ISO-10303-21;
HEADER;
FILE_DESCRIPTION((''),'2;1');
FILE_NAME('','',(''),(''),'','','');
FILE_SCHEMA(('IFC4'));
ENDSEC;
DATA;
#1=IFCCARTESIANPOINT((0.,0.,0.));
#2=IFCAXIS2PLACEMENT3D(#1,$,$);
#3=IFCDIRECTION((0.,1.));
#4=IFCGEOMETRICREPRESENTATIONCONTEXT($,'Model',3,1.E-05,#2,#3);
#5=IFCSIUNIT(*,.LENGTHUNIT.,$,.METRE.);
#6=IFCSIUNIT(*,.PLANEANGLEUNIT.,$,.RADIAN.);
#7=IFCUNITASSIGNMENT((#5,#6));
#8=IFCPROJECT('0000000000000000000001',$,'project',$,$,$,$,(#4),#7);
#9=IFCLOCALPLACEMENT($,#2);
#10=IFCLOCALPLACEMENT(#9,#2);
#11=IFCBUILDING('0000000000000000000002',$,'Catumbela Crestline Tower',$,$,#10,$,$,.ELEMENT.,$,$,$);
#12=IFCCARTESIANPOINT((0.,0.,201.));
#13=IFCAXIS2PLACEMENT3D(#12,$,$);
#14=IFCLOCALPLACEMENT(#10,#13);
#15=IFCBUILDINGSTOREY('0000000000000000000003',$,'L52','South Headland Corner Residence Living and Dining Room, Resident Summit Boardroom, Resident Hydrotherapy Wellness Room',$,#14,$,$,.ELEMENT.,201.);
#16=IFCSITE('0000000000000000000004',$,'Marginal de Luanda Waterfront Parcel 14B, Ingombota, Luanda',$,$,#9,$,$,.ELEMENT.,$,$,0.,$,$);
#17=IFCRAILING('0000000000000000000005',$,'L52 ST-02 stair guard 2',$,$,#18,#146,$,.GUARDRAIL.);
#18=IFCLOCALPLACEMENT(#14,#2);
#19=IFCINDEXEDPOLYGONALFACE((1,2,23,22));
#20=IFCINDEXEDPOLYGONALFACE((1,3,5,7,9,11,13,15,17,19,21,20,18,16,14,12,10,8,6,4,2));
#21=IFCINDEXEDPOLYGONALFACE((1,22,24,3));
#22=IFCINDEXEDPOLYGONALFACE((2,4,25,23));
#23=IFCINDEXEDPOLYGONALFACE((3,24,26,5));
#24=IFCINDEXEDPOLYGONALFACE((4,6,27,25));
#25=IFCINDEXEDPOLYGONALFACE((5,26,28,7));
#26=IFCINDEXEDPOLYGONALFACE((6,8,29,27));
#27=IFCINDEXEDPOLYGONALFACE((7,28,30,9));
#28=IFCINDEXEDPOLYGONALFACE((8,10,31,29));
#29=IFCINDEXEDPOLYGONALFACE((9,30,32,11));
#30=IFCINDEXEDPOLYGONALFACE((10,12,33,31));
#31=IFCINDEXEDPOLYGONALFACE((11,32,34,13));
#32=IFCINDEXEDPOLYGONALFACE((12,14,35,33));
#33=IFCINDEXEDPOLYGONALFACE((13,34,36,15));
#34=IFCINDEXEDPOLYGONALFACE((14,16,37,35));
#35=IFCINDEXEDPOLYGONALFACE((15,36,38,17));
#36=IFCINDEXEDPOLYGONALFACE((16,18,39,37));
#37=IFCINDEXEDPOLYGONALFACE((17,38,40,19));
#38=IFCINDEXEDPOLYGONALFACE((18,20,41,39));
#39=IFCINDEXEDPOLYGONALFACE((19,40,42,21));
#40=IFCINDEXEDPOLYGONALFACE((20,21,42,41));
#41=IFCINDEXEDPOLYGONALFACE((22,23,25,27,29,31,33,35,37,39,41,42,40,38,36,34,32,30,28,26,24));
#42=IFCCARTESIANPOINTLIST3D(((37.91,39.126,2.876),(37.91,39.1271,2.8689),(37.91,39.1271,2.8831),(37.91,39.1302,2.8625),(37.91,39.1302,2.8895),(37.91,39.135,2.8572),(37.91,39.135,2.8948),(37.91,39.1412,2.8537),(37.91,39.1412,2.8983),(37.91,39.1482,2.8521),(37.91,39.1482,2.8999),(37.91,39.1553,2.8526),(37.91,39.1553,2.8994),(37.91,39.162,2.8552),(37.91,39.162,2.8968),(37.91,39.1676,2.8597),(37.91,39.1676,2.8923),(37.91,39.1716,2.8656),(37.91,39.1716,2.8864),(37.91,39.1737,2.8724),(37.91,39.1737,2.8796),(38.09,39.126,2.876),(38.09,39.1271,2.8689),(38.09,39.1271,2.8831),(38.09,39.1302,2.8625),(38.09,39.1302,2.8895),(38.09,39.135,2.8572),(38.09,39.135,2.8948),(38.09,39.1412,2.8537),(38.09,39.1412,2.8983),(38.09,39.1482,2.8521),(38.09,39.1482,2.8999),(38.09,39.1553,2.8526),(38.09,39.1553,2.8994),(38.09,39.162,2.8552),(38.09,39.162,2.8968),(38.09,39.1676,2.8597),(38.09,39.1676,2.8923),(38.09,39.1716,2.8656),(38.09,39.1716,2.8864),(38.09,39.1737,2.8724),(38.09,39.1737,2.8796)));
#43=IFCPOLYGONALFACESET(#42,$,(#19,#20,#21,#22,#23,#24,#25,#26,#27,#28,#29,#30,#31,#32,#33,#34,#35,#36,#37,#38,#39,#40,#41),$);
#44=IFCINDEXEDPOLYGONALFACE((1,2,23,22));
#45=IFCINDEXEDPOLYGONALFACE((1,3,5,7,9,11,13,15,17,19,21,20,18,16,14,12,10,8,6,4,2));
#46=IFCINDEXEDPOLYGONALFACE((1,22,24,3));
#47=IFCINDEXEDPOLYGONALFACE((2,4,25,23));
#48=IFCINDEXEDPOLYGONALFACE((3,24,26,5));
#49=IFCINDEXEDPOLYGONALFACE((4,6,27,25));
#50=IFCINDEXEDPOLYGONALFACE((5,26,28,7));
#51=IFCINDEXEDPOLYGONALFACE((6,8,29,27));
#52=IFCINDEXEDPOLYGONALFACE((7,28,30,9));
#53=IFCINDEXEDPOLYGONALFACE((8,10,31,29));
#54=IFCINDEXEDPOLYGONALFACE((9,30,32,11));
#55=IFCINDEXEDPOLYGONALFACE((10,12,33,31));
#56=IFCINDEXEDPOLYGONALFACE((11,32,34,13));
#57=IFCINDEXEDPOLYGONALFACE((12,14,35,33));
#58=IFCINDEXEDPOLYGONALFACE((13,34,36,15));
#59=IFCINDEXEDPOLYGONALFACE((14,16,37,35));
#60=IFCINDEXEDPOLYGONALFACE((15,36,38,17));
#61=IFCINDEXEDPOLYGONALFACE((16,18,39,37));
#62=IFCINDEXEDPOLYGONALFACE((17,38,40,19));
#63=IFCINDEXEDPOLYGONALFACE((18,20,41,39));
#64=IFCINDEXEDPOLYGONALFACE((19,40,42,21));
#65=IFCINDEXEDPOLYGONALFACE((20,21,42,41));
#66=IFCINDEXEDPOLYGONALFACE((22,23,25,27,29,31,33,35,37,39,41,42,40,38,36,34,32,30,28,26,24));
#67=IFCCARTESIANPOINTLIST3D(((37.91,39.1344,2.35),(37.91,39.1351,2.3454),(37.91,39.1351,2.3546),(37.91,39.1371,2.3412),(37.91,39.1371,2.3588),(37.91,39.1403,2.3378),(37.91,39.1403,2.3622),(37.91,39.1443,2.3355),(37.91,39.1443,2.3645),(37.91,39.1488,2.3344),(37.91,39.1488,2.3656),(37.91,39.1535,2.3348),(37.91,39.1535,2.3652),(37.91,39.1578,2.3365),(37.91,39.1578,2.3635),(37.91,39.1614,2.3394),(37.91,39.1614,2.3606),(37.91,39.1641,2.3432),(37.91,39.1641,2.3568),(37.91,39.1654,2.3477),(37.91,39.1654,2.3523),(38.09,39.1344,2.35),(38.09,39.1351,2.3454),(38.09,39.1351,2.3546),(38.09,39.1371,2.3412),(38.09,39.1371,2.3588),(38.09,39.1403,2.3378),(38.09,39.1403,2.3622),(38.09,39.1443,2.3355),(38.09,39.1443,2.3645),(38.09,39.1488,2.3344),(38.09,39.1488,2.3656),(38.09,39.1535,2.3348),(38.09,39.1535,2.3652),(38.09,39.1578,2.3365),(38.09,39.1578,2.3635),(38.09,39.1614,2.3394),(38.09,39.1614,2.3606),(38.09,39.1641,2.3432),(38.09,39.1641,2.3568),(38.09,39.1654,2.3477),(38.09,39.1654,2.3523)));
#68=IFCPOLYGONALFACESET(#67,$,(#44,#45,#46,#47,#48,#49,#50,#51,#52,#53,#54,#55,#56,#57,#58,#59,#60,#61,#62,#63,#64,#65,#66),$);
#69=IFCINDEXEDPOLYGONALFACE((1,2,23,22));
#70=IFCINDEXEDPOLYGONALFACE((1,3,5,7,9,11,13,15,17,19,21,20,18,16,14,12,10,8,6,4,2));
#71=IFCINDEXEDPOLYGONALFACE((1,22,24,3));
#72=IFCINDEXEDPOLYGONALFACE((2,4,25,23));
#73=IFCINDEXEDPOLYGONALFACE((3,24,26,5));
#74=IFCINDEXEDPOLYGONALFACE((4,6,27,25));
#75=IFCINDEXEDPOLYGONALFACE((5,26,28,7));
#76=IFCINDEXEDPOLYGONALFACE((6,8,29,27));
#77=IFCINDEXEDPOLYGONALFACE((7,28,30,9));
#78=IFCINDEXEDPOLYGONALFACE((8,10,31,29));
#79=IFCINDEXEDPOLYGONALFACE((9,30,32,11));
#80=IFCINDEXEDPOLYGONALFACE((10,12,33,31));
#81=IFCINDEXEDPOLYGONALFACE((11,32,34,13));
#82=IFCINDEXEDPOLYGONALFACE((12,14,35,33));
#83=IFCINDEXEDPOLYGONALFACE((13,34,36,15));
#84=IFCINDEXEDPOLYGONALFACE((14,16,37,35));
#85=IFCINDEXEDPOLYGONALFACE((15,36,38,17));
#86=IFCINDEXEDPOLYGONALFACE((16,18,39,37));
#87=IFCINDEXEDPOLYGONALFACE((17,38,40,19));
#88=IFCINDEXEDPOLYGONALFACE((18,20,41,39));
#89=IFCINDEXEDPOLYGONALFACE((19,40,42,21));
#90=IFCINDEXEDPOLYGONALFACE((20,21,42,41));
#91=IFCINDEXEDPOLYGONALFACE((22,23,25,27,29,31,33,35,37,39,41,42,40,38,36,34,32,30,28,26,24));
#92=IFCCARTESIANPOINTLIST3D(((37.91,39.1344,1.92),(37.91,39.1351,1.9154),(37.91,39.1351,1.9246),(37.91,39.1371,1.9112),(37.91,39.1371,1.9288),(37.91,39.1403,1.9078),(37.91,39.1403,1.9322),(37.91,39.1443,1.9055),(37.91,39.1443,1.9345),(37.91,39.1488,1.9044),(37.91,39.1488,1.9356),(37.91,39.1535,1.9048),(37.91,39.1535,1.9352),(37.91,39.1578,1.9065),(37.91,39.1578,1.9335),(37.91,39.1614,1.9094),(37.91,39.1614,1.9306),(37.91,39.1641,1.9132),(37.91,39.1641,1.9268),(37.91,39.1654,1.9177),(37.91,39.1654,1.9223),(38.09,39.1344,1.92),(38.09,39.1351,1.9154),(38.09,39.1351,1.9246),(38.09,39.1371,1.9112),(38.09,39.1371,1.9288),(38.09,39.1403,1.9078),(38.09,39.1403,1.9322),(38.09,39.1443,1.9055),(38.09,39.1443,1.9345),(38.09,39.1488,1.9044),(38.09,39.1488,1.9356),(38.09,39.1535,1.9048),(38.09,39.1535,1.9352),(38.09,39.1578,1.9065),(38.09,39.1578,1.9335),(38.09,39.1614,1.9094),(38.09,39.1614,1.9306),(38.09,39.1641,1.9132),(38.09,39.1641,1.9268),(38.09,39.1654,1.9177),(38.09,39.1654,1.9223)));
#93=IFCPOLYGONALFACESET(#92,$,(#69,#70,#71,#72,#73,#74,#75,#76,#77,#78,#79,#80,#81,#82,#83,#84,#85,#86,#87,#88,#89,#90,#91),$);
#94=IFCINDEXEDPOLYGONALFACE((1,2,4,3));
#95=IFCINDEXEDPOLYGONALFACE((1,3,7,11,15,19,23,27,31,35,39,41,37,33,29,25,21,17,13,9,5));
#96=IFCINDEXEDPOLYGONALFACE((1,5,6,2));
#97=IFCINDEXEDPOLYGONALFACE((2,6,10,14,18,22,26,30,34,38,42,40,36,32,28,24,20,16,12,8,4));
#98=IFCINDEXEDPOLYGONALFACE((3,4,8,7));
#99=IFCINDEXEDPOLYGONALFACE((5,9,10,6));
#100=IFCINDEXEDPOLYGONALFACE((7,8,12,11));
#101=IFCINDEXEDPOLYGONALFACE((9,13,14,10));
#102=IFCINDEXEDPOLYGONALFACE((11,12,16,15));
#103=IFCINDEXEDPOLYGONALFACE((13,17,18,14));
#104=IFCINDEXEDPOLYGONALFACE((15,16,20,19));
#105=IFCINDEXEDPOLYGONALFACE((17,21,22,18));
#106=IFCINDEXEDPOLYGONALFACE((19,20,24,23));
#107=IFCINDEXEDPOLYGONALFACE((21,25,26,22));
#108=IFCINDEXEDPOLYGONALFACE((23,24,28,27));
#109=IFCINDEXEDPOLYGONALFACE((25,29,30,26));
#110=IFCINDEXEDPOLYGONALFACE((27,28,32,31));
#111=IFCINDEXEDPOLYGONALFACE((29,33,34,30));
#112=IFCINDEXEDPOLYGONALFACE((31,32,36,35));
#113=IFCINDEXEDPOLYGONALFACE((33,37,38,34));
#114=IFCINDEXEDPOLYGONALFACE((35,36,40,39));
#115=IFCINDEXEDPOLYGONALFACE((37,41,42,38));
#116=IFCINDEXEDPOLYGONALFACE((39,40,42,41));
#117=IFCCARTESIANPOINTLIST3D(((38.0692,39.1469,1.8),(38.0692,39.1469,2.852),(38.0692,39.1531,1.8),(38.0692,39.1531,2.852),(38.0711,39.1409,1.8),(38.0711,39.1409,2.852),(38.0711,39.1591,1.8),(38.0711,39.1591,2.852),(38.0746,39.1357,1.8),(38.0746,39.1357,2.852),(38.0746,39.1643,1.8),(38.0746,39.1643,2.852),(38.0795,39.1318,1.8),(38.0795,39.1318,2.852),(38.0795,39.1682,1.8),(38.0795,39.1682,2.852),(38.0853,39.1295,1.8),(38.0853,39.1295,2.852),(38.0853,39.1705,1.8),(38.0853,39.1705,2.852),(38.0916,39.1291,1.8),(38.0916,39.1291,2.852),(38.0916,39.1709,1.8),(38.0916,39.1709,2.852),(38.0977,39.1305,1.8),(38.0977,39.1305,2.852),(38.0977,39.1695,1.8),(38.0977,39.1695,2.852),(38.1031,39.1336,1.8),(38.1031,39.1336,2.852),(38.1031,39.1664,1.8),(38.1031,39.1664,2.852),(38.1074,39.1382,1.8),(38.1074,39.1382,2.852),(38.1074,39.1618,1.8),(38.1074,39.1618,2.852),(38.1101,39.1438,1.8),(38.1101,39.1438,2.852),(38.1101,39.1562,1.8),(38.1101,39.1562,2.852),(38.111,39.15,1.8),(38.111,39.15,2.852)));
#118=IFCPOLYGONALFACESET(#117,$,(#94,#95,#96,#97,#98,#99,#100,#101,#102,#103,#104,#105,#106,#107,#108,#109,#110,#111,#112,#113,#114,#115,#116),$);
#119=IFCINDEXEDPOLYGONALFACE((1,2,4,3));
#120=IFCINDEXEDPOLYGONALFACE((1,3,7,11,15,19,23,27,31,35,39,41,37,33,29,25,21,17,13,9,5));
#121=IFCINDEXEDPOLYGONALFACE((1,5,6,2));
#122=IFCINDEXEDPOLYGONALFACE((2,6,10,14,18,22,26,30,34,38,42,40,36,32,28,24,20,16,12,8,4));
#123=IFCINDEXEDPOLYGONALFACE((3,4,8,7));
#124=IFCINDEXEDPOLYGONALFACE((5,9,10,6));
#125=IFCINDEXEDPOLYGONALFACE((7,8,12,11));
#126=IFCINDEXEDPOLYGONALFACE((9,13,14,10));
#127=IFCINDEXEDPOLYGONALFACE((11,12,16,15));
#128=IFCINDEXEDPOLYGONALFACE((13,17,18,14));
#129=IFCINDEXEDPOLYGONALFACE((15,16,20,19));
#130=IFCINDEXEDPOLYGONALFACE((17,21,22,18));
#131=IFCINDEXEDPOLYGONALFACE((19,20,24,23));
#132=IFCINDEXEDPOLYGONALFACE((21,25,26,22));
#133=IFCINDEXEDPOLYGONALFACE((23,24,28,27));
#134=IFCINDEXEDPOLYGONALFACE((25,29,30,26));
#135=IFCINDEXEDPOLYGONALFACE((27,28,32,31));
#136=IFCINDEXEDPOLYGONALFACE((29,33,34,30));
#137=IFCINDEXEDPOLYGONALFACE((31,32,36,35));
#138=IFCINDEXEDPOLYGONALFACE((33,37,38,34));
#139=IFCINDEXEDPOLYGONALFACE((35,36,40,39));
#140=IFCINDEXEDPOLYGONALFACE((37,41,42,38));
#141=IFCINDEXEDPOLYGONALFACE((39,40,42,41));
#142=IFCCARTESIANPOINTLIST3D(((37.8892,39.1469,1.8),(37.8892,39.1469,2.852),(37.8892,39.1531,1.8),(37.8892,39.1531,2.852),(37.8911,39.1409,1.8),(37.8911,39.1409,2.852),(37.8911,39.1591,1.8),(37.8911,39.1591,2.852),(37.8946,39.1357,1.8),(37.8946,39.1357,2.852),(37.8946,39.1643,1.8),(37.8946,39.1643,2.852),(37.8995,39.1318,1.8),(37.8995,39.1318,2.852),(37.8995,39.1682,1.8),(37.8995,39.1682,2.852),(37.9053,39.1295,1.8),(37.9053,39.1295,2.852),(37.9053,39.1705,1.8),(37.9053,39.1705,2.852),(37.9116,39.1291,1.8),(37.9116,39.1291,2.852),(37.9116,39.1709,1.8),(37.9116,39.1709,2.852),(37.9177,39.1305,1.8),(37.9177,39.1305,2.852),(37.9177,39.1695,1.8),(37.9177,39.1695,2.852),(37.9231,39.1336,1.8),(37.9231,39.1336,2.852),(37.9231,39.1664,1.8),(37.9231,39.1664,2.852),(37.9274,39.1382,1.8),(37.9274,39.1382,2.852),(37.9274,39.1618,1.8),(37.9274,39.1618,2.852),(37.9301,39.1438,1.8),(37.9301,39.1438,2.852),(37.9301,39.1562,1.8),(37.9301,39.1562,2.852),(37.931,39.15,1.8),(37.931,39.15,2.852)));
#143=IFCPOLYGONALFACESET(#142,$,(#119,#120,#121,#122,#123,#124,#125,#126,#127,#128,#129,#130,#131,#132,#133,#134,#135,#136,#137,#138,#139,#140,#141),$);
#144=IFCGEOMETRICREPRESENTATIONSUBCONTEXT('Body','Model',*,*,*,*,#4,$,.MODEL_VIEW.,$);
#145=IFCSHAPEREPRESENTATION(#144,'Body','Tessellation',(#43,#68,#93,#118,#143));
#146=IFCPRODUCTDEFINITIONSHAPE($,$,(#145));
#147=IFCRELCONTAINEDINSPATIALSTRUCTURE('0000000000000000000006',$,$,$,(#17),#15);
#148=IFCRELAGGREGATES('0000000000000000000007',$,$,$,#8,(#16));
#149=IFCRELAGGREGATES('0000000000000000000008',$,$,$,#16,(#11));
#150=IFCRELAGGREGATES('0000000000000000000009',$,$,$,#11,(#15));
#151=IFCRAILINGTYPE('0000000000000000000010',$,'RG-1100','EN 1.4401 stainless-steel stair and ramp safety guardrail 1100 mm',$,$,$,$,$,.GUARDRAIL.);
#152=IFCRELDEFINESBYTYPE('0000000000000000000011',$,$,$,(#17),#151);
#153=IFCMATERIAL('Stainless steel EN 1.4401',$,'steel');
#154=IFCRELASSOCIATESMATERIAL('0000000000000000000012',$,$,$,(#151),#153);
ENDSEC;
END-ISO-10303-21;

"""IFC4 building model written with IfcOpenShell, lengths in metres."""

from ifc_helpers import new_model, si_unit, direction, frame, origin, origin_2d, place, context, subcontext, project, spatial, circle, extrude, material, type_object, element, save


model = new_model("IFC4")

# Units and contexts
model_context = context("Model", 3, precision=1e-05, world=origin(), true_north=direction((0.0, 1.0)))
body_context = subcontext(model_context, "Body", "Model", "MODEL_VIEW")
ifc_project = project(units=[si_unit("LENGTHUNIT", "METRE"), si_unit("PLANEANGLEUNIT", "RADIAN")], contexts=[model_context])

# Site, building, storey
site_placement = place(None, origin())
site = spatial("IfcSite", under=ifc_project, at=site_placement, Name="Marginal de Luanda Waterfront Parcel 14B, Ingombota, Luanda", CompositionType="ELEMENT", RefElevation=0.0)
building_placement = place(site_placement, origin())
building = spatial("IfcBuilding", under=site, at=building_placement, Name="Catumbela Crestline Tower", CompositionType="ELEMENT")
storey_placement = place(building_placement, frame((0.0, 0.0, 201.0)))
storey = spatial("IfcBuildingStorey", under=building, at=storey_placement, Name="L52", Description="South Headland Corner Residence Living and Dining Room, Resident Summit Boardroom, Resident Hydrotherapy Wellness Room", CompositionType="ELEMENT", Elevation=201.0)

# Shared definitions
ifc_material_1 = material(Name="Stainless steel EN 1.4401", Category="steel")

# Railing
railing_type_1 = type_object("IfcRailingType", Name="RG-1100", Description="EN 1.4401 stainless-steel stair and ramp safety guardrail 1100 mm", PredefinedType="GUARDRAIL", material=ifc_material_1)
railing_1_placement = place(storey_placement, frame((38.09, 39.15, 1.8)))
element("IfcRailing", 1, at=railing_1_placement, inside=storey, type_object=railing_type_1, Name="L52 ST-02 stair guard 2", PredefinedType="GUARDRAIL", context=body_context, shape_type="SweptSolid", body=[
    extrude(circle(Radius=0.024, at=origin_2d()), frame((0.0, 0.0, 1.076), z_axis=(-1.0, 0.0, 0.0), x_axis=(0.0, -1.0, 0.0)), (0.0, 0.0, 1.0), 0.18),
    extrude(circle(Radius=0.0156, at=origin_2d()), frame((0.0, 0.0, 0.55), z_axis=(-1.0, 0.0, 0.0), x_axis=(0.0, -1.0, 0.0)), (0.0, 0.0, 1.0), 0.18),
    extrude(circle(Radius=0.0156, at=origin_2d()), frame((0.0, 0.0, 0.12), z_axis=(-1.0, 0.0, 0.0), x_axis=(0.0, -1.0, 0.0)), (0.0, 0.0, 1.0), 0.18),
    extrude(circle(Radius=0.021, at=origin_2d()), origin(), (0.0, 0.0, 1.0), 1.052),
    extrude(circle(Radius=0.021, at=origin_2d()), frame((-0.18, 0.0, 0.0)), (0.0, 0.0, 1.0), 1.052),
])

save(model, "model.ifc")
